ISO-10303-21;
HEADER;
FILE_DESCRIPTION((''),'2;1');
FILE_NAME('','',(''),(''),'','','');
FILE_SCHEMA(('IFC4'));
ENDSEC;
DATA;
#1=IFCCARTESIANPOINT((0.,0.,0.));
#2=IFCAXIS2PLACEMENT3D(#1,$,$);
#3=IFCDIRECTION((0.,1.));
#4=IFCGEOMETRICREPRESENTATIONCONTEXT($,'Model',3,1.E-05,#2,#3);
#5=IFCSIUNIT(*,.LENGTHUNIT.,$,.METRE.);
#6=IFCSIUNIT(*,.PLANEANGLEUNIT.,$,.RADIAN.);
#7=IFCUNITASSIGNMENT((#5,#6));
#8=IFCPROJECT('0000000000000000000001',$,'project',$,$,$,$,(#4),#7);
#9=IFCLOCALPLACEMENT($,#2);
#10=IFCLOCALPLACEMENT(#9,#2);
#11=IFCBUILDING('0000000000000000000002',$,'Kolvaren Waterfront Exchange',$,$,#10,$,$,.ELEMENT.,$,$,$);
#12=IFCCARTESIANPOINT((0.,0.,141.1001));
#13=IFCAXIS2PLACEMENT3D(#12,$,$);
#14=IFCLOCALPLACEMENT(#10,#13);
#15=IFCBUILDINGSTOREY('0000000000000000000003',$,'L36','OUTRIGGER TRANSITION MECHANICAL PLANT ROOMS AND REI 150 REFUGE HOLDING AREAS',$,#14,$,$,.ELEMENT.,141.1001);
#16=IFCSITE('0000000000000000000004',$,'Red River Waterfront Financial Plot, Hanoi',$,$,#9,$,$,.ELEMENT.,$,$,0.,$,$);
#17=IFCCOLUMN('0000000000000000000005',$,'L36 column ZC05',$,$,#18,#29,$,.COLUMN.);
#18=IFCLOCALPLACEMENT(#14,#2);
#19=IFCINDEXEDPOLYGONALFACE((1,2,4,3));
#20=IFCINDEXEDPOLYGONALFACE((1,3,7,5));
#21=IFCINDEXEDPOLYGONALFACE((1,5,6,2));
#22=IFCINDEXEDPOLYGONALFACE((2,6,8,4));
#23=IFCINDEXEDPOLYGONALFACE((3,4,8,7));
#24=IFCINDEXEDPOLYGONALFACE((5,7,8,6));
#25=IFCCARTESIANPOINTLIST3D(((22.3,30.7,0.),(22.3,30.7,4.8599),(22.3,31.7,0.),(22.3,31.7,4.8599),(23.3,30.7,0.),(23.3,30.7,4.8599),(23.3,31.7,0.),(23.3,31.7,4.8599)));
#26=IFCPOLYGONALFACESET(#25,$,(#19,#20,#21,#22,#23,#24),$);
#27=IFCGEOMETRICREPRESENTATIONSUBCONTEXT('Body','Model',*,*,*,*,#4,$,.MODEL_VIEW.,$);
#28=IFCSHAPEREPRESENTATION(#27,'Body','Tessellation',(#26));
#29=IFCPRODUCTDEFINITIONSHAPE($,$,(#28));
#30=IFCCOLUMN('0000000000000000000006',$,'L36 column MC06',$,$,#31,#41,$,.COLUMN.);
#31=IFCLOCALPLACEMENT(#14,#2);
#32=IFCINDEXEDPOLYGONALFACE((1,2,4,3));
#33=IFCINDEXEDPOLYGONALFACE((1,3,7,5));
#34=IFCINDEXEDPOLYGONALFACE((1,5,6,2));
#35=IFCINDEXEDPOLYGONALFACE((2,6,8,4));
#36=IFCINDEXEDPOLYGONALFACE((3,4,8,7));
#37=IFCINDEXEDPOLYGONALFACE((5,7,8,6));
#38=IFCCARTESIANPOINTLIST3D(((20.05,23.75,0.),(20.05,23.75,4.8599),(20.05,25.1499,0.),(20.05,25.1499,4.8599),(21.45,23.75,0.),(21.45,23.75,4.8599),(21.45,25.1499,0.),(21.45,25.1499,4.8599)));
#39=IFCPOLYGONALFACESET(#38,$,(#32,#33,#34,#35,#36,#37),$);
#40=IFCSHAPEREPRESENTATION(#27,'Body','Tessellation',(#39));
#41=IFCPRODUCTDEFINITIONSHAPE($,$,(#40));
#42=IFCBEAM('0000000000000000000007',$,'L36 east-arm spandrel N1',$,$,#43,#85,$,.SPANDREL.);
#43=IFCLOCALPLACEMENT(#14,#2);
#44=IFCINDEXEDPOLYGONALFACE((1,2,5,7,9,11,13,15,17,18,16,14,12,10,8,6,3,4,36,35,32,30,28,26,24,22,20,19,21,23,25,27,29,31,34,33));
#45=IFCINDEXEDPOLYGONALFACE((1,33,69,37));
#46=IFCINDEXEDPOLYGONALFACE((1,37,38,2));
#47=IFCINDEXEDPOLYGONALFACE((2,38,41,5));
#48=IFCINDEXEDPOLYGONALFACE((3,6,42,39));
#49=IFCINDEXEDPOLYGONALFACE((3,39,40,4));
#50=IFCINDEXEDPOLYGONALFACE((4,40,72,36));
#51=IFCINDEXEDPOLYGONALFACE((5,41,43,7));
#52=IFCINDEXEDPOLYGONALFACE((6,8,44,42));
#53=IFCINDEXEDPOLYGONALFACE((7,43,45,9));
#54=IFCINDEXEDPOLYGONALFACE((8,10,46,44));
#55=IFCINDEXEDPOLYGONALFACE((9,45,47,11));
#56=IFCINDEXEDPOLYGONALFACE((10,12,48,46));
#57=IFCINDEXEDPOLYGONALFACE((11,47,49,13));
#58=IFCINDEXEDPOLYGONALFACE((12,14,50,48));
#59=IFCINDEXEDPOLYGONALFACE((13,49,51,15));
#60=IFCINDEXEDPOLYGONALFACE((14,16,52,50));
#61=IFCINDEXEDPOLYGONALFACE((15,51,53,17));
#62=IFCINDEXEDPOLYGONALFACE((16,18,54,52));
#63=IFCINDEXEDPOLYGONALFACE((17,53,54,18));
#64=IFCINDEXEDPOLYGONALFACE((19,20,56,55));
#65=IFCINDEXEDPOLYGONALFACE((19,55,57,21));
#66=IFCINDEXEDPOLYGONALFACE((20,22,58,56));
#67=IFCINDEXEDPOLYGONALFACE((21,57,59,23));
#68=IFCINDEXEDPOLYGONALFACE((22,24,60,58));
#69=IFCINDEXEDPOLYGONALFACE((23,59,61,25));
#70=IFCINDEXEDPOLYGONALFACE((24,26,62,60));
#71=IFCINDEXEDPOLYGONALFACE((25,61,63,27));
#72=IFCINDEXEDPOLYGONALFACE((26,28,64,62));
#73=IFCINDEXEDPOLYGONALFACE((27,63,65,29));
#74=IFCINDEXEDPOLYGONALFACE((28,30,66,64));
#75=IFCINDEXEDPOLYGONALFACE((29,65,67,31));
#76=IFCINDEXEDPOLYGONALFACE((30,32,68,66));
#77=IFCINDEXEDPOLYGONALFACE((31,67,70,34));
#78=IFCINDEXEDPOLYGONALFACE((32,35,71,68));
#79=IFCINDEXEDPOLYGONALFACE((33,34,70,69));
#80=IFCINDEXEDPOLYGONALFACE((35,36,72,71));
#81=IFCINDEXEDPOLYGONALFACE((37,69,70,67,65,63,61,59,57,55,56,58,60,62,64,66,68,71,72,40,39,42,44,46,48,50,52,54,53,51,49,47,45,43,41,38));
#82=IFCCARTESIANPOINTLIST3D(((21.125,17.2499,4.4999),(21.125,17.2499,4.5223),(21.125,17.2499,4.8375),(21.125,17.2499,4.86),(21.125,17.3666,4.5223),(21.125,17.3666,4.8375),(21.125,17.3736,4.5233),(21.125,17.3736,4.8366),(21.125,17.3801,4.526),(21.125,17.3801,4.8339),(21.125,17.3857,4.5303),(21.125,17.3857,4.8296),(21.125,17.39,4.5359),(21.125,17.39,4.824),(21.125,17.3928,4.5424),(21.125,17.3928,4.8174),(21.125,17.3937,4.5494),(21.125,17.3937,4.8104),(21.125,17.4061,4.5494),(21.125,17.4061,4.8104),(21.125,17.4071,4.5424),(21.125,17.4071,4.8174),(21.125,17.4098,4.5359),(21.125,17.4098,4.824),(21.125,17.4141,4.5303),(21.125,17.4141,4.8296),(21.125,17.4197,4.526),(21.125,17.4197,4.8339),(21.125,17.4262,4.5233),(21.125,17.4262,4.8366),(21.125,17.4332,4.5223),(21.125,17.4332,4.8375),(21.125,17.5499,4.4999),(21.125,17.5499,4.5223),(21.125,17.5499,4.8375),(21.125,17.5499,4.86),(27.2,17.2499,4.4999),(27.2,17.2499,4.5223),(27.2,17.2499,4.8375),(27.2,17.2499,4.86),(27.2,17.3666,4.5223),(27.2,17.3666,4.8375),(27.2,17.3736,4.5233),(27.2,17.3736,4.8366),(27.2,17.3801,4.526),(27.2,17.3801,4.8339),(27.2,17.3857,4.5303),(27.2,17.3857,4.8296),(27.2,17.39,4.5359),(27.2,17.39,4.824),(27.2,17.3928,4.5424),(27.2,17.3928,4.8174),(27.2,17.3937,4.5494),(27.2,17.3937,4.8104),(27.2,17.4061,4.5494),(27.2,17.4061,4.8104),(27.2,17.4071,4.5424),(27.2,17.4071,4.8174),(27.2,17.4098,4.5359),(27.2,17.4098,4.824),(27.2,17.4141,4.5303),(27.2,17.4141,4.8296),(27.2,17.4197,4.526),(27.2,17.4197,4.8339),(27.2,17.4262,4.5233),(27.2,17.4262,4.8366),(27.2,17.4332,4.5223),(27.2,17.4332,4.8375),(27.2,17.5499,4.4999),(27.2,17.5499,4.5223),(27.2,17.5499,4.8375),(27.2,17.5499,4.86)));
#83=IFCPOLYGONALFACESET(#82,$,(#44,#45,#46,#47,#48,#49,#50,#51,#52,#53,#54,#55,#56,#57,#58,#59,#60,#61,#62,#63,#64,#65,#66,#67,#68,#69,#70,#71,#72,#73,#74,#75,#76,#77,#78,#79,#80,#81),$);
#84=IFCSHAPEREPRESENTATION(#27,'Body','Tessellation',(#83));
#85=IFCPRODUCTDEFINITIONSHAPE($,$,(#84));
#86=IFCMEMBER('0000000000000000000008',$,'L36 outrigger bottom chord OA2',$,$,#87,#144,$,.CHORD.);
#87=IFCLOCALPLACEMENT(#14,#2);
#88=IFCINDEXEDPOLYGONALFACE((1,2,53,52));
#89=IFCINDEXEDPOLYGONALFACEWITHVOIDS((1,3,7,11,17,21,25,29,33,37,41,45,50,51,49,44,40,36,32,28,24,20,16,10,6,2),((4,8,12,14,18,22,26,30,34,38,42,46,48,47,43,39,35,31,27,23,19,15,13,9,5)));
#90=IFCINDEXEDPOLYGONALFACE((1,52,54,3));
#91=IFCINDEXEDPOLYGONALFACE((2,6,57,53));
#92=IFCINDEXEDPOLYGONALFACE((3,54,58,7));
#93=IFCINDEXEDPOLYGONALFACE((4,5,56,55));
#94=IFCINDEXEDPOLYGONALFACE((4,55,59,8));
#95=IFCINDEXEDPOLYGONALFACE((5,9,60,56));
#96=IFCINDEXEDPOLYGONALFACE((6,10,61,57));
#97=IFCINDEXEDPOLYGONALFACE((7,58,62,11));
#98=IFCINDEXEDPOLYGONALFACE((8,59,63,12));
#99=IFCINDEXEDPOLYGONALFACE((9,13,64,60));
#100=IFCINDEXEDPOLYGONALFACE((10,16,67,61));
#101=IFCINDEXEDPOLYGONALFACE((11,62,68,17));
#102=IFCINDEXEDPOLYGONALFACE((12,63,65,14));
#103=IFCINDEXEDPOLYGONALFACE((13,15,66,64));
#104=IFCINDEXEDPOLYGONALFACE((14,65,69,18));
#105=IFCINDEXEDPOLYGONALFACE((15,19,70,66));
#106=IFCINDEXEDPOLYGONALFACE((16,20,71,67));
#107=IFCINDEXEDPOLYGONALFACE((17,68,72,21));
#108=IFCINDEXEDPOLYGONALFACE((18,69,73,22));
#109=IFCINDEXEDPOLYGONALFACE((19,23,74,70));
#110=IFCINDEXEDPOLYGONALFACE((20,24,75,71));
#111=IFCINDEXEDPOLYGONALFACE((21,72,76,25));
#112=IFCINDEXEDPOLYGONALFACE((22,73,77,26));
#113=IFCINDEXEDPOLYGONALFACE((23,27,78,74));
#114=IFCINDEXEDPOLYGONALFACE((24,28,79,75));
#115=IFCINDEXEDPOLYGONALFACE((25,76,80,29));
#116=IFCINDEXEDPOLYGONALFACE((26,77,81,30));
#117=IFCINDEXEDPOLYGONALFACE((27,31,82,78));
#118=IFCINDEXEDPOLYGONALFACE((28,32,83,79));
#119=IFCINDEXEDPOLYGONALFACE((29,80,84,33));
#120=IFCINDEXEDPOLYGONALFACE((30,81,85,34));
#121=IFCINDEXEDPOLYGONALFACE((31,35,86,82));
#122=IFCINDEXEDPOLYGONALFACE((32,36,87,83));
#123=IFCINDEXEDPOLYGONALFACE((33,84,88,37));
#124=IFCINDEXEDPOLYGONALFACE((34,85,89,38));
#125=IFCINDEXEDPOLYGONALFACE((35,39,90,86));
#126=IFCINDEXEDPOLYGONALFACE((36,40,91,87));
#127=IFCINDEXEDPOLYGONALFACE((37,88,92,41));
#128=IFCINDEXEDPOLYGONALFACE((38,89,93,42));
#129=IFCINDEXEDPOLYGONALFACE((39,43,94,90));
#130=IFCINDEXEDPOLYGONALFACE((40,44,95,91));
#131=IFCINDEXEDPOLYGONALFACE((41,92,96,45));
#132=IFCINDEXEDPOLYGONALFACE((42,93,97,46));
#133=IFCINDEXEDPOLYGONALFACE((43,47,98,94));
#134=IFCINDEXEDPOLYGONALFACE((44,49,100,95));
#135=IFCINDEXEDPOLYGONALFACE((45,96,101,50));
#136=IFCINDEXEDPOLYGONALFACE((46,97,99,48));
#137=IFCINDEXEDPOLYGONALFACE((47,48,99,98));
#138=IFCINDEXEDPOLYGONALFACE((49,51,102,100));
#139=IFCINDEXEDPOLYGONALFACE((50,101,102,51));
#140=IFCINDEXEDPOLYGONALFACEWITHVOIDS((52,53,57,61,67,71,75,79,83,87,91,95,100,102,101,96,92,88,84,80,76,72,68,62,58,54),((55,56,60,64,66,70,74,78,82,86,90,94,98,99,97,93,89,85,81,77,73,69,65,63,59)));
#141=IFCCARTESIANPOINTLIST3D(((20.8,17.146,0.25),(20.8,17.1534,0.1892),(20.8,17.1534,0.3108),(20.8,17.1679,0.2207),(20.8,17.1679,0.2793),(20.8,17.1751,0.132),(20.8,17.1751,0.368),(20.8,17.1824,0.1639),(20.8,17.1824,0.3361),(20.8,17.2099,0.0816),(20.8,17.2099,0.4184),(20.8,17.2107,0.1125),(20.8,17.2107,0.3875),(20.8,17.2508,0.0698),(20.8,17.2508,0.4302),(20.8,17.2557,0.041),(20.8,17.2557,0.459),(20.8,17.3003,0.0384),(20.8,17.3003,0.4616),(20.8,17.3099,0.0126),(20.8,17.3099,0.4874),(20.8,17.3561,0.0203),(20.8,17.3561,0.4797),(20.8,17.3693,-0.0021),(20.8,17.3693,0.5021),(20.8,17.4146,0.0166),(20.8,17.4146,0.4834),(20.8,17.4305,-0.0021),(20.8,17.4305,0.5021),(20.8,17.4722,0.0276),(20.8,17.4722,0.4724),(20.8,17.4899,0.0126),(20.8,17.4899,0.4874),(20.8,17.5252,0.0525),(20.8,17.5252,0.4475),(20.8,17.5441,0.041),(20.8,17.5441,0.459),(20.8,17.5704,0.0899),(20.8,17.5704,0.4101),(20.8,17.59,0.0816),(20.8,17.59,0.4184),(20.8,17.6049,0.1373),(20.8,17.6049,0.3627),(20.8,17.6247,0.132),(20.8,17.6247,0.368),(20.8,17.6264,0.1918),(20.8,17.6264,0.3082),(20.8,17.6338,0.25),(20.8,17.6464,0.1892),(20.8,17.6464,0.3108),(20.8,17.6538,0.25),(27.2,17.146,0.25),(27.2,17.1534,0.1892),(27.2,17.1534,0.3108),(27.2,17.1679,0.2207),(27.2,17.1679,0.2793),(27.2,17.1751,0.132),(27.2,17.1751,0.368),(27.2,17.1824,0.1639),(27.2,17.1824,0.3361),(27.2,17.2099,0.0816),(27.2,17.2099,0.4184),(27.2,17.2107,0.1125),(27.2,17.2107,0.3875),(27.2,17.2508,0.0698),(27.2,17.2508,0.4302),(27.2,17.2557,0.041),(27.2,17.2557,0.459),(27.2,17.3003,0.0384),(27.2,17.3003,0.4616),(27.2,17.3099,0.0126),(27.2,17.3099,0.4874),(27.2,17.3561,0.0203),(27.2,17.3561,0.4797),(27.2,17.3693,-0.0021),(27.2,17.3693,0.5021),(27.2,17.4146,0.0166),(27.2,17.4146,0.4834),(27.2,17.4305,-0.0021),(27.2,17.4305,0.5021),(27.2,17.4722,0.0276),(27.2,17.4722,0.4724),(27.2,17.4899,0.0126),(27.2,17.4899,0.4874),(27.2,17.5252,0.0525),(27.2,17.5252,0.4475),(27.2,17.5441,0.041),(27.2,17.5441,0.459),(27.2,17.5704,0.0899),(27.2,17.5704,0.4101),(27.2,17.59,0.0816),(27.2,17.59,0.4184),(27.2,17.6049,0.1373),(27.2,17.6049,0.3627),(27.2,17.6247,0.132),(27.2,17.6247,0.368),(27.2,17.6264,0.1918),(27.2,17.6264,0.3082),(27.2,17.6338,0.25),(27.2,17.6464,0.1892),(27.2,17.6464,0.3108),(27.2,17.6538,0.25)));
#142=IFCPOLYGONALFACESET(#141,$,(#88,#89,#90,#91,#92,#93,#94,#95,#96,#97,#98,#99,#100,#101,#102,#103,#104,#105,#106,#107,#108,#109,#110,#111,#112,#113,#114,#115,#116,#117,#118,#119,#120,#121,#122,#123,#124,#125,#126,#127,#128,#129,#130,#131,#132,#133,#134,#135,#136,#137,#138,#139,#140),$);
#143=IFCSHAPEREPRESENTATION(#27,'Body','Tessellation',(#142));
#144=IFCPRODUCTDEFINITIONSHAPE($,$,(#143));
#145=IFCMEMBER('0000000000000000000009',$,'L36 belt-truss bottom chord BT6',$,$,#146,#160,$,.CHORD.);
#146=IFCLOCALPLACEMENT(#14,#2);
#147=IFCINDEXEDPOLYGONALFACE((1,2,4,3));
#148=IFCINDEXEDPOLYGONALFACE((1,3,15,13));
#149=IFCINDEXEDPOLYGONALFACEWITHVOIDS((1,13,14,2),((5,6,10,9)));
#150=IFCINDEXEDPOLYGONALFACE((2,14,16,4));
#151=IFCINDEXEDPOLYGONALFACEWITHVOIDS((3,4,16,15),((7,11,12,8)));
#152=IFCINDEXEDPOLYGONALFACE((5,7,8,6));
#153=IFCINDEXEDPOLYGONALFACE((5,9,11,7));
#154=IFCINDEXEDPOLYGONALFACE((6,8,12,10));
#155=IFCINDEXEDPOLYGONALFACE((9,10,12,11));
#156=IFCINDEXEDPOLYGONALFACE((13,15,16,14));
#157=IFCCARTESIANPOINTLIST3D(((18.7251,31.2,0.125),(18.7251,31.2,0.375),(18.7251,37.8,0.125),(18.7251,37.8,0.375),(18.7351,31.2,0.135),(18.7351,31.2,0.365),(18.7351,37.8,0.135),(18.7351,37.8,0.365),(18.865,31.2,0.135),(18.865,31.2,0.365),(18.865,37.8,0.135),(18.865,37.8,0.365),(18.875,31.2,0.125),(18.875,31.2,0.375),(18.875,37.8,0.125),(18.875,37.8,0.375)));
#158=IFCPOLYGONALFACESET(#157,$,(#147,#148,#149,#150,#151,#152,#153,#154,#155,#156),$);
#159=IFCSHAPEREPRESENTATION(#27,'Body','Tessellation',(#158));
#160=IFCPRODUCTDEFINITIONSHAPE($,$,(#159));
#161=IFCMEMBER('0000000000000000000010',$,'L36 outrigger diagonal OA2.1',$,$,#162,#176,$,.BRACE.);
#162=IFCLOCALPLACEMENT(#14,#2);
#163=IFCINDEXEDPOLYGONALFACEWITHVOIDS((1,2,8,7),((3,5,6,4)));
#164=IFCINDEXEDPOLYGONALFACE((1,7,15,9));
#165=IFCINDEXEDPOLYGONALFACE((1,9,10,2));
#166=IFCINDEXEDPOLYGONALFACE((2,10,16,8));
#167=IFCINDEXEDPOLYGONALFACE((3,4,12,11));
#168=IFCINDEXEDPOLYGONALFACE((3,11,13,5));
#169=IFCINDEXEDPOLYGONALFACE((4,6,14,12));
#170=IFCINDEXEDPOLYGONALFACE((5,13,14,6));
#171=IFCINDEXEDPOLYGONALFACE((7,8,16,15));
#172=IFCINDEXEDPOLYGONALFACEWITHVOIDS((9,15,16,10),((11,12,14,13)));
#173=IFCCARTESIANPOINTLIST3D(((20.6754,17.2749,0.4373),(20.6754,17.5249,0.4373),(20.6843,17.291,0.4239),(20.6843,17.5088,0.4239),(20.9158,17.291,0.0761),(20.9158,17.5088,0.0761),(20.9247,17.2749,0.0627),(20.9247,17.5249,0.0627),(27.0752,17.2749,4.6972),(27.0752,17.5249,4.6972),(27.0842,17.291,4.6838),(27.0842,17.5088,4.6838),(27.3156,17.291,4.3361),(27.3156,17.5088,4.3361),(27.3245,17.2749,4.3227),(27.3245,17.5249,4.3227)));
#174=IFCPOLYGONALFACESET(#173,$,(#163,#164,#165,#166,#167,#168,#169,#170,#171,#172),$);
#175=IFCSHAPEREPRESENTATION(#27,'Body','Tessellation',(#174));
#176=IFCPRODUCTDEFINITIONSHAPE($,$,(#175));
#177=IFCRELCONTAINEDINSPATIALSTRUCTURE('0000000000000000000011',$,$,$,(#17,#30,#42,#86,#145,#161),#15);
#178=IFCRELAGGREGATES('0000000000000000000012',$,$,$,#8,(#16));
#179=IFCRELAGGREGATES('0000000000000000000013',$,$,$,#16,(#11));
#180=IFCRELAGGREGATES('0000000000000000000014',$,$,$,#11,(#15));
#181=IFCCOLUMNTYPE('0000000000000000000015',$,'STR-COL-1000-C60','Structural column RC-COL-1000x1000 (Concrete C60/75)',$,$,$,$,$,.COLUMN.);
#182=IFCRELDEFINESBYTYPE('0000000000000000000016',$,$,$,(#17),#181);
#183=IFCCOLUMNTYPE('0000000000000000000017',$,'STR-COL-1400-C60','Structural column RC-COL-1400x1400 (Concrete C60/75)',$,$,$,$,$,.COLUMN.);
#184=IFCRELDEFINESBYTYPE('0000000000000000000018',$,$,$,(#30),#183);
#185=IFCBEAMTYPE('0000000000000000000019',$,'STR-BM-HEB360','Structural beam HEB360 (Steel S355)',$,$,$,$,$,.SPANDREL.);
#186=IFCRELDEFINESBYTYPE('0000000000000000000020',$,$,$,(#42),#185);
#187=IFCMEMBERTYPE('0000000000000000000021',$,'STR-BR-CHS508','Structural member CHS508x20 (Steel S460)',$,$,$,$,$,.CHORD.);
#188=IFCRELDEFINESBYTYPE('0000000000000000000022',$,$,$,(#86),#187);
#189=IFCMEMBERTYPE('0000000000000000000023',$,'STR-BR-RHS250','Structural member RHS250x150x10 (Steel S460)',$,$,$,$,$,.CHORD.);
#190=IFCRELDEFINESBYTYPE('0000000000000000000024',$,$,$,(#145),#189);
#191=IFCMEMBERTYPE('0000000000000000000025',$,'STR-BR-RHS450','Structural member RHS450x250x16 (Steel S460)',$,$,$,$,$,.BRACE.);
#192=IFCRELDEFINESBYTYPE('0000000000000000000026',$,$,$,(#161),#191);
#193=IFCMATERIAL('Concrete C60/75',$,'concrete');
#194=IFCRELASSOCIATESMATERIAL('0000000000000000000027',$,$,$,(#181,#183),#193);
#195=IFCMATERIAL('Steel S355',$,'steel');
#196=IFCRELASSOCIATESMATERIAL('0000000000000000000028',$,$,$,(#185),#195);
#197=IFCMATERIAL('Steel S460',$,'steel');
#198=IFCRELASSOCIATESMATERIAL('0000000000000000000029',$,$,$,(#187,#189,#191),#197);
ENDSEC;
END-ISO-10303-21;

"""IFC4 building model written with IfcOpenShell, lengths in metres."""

from ifc_helpers import new_model, si_unit, direction, frame, origin, origin_2d, place, context, subcontext, project, spatial, rectangle, hollow_rectangle, hollow_circle, i_section, extrude, material, material_profile, profile_set, type_object, element, save


model = new_model("IFC4")

# Units and contexts
model_context = context("Model", 3, precision=1e-05, world=origin(), true_north=direction((0.0, 1.0)))
body_context = subcontext(model_context, "Body", "Model", "MODEL_VIEW")
ifc_project = project(units=[si_unit("LENGTHUNIT", "METRE"), si_unit("PLANEANGLEUNIT", "RADIAN")], contexts=[model_context])

# Site, building, storey
site_placement = place(None, origin())
site = spatial("IfcSite", under=ifc_project, at=site_placement, Name="Red River Waterfront Financial Plot, Hanoi", CompositionType="ELEMENT", RefElevation=0.0)
building_placement = place(site_placement, origin())
building = spatial("IfcBuilding", under=site, at=building_placement, Name="Kolvaren Waterfront Exchange", CompositionType="ELEMENT")
storey_placement = place(building_placement, frame((0.0, 0.0, 141.1001)))
storey = spatial("IfcBuildingStorey", under=building, at=storey_placement, Name="L36", Description="OUTRIGGER TRANSITION MECHANICAL PLANT ROOMS AND REI 150 REFUGE HOLDING AREAS", CompositionType="ELEMENT", Elevation=141.1001)

# Columns
ifc_material_1 = material(Name="Concrete C60/75", Category="concrete")
ifc_material_profile_1 = material_profile(ifc_material_1, rectangle(XDim=1.0, YDim=1.0, at=origin_2d()), Name="RC-COL-1000x1000")
ifc_profile_set_1 = profile_set([ifc_material_profile_1], Name="Concrete C60/75")
column_type_1 = type_object("IfcColumnType", Name="STR-COL-1000-C60", Description="Structural column RC-COL-1000x1000 (Concrete C60/75)", PredefinedType="COLUMN", material=ifc_profile_set_1)
column_1_placement = place(storey_placement, frame((22.8, 31.2, 0.0), z_axis=(0.0, 0.0, 1.0), x_axis=(1.0, 0.0, 0.0)))
element("IfcColumn", 1, at=column_1_placement, inside=storey, type_object=column_type_1, Name="L36 column ZC05", PredefinedType="COLUMN", context=body_context, shape_type="SweptSolid", body=[
    extrude(rectangle(XDim=1.0, YDim=1.0, at=origin_2d()), origin(), (0.0, 0.0, 1.0), 4.8599),
])
ifc_material_profile_2 = material_profile(ifc_material_1, rectangle(XDim=1.3999, YDim=1.3999, at=origin_2d()), Name="RC-COL-1400x1400")
ifc_profile_set_2 = profile_set([ifc_material_profile_2], Name="Concrete C60/75")
column_type_2 = type_object("IfcColumnType", Name="STR-COL-1400-C60", Description="Structural column RC-COL-1400x1400 (Concrete C60/75)", PredefinedType="COLUMN", material=ifc_profile_set_2)
column_2_placement = place(storey_placement, frame((20.75, 24.45, 0.0), z_axis=(0.0, 0.0, 1.0), x_axis=(1.0, 0.0, 0.0)))
element("IfcColumn", 2, at=column_2_placement, inside=storey, type_object=column_type_2, Name="L36 column MC06", PredefinedType="COLUMN", context=body_context, shape_type="SweptSolid", body=[
    extrude(rectangle(XDim=1.3999, YDim=1.3999, at=origin_2d()), origin(), (0.0, 0.0, 1.0), 4.8599),
])

# Beam
ifc_material_2 = material(Name="Steel S355", Category="steel")
ifc_material_profile_3 = material_profile(ifc_material_2, i_section(OverallWidth=0.3, OverallDepth=0.3601, WebThickness=0.0125, FlangeThickness=0.0225, FilletRadius=0.0271, at=origin_2d()), Name="HEB360")
ifc_profile_set_3 = profile_set([ifc_material_profile_3], Name="Steel S355")
beam_type = type_object("IfcBeamType", Name="STR-BM-HEB360", Description="Structural beam HEB360 (Steel S355)", PredefinedType="SPANDREL", material=ifc_profile_set_3)
beam_placement = place(storey_placement, frame((21.125, 17.3999, 4.6799), z_axis=(1.0, 0.0, 0.0), x_axis=(0.0, 1.0, 0.0)))
element("IfcBeam", 3, at=beam_placement, inside=storey, type_object=beam_type, Name="L36 east-arm spandrel N1", PredefinedType="SPANDREL", context=body_context, shape_type="SweptSolid", body=[
    extrude(i_section(OverallWidth=0.3, OverallDepth=0.3601, WebThickness=0.0125, FlangeThickness=0.0225, FilletRadius=0.0271, at=origin_2d()), origin(), (0.0, 0.0, 1.0), 6.075),
])

# Members
ifc_material_3 = material(Name="Steel S460", Category="steel")
ifc_material_profile_4 = material_profile(ifc_material_3, hollow_circle(Radius=0.2539, WallThickness=0.02, at=origin_2d()), Name="CHS508x20")
ifc_profile_set_4 = profile_set([ifc_material_profile_4], Name="Steel S460")
member_type_1 = type_object("IfcMemberType", Name="STR-BR-CHS508", Description="Structural member CHS508x20 (Steel S460)", PredefinedType="CHORD", material=ifc_profile_set_4)
member_1_placement = place(storey_placement, frame((20.8, 17.3999, 0.25), z_axis=(1.0, 0.0, 0.0), x_axis=(0.0, 1.0, 0.0)))
element("IfcMember", 4, at=member_1_placement, inside=storey, type_object=member_type_1, Name="L36 outrigger bottom chord OA2", PredefinedType="CHORD", context=body_context, shape_type="SweptSolid", body=[
    extrude(hollow_circle(Radius=0.2539, WallThickness=0.02, at=origin_2d()), origin(), (0.0, 0.0, 1.0), 6.3999),
])
ifc_material_profile_5 = material_profile(ifc_material_3, hollow_rectangle(XDim=0.1499, YDim=0.25, WallThickness=0.01, at=origin_2d()), Name="RHS250x150x10")
ifc_profile_set_5 = profile_set([ifc_material_profile_5], Name="Steel S460")
member_type_2 = type_object("IfcMemberType", Name="STR-BR-RHS250", Description="Structural member RHS250x150x10 (Steel S460)", PredefinedType="CHORD", material=ifc_profile_set_5)
member_2_placement = place(storey_placement, frame((18.8, 31.2, 0.25), z_axis=(0.0, 1.0, 0.0), x_axis=(-1.0, 0.0, 0.0)))
element("IfcMember", 5, at=member_2_placement, inside=storey, type_object=member_type_2, Name="L36 belt-truss bottom chord BT6", PredefinedType="CHORD", context=body_context, shape_type="SweptSolid", body=[
    extrude(hollow_rectangle(XDim=0.1499, YDim=0.25, WallThickness=0.01, at=origin_2d()), origin(), (0.0, 0.0, 1.0), 6.6001),
])
ifc_material_profile_6 = material_profile(ifc_material_3, hollow_rectangle(XDim=0.25, YDim=0.45, WallThickness=0.0161, at=origin_2d()), Name="RHS450x250x16")
ifc_profile_set_6 = profile_set([ifc_material_profile_6], Name="Steel S460")
member_type_3 = type_object("IfcMemberType", Name="STR-BR-RHS450", Description="Structural member RHS450x250x16 (Steel S460)", PredefinedType="BRACE", material=ifc_profile_set_6)
member_3_placement = place(storey_placement, frame((20.8, 17.3999, 0.25), z_axis=(0.832446, 0.0, 0.554106), x_axis=(0.0, 1.0, 0.0)))
element("IfcMember", 6, at=member_3_placement, inside=storey, type_object=member_type_3, Name="L36 outrigger diagonal OA2.1", PredefinedType="BRACE", context=body_context, shape_type="SweptSolid", body=[
    extrude(hollow_rectangle(XDim=0.25, YDim=0.45, WallThickness=0.0161, at=origin_2d()), origin(), (0.0, 0.0, 1.0), 7.688),
])

save(model, "model.ifc")
